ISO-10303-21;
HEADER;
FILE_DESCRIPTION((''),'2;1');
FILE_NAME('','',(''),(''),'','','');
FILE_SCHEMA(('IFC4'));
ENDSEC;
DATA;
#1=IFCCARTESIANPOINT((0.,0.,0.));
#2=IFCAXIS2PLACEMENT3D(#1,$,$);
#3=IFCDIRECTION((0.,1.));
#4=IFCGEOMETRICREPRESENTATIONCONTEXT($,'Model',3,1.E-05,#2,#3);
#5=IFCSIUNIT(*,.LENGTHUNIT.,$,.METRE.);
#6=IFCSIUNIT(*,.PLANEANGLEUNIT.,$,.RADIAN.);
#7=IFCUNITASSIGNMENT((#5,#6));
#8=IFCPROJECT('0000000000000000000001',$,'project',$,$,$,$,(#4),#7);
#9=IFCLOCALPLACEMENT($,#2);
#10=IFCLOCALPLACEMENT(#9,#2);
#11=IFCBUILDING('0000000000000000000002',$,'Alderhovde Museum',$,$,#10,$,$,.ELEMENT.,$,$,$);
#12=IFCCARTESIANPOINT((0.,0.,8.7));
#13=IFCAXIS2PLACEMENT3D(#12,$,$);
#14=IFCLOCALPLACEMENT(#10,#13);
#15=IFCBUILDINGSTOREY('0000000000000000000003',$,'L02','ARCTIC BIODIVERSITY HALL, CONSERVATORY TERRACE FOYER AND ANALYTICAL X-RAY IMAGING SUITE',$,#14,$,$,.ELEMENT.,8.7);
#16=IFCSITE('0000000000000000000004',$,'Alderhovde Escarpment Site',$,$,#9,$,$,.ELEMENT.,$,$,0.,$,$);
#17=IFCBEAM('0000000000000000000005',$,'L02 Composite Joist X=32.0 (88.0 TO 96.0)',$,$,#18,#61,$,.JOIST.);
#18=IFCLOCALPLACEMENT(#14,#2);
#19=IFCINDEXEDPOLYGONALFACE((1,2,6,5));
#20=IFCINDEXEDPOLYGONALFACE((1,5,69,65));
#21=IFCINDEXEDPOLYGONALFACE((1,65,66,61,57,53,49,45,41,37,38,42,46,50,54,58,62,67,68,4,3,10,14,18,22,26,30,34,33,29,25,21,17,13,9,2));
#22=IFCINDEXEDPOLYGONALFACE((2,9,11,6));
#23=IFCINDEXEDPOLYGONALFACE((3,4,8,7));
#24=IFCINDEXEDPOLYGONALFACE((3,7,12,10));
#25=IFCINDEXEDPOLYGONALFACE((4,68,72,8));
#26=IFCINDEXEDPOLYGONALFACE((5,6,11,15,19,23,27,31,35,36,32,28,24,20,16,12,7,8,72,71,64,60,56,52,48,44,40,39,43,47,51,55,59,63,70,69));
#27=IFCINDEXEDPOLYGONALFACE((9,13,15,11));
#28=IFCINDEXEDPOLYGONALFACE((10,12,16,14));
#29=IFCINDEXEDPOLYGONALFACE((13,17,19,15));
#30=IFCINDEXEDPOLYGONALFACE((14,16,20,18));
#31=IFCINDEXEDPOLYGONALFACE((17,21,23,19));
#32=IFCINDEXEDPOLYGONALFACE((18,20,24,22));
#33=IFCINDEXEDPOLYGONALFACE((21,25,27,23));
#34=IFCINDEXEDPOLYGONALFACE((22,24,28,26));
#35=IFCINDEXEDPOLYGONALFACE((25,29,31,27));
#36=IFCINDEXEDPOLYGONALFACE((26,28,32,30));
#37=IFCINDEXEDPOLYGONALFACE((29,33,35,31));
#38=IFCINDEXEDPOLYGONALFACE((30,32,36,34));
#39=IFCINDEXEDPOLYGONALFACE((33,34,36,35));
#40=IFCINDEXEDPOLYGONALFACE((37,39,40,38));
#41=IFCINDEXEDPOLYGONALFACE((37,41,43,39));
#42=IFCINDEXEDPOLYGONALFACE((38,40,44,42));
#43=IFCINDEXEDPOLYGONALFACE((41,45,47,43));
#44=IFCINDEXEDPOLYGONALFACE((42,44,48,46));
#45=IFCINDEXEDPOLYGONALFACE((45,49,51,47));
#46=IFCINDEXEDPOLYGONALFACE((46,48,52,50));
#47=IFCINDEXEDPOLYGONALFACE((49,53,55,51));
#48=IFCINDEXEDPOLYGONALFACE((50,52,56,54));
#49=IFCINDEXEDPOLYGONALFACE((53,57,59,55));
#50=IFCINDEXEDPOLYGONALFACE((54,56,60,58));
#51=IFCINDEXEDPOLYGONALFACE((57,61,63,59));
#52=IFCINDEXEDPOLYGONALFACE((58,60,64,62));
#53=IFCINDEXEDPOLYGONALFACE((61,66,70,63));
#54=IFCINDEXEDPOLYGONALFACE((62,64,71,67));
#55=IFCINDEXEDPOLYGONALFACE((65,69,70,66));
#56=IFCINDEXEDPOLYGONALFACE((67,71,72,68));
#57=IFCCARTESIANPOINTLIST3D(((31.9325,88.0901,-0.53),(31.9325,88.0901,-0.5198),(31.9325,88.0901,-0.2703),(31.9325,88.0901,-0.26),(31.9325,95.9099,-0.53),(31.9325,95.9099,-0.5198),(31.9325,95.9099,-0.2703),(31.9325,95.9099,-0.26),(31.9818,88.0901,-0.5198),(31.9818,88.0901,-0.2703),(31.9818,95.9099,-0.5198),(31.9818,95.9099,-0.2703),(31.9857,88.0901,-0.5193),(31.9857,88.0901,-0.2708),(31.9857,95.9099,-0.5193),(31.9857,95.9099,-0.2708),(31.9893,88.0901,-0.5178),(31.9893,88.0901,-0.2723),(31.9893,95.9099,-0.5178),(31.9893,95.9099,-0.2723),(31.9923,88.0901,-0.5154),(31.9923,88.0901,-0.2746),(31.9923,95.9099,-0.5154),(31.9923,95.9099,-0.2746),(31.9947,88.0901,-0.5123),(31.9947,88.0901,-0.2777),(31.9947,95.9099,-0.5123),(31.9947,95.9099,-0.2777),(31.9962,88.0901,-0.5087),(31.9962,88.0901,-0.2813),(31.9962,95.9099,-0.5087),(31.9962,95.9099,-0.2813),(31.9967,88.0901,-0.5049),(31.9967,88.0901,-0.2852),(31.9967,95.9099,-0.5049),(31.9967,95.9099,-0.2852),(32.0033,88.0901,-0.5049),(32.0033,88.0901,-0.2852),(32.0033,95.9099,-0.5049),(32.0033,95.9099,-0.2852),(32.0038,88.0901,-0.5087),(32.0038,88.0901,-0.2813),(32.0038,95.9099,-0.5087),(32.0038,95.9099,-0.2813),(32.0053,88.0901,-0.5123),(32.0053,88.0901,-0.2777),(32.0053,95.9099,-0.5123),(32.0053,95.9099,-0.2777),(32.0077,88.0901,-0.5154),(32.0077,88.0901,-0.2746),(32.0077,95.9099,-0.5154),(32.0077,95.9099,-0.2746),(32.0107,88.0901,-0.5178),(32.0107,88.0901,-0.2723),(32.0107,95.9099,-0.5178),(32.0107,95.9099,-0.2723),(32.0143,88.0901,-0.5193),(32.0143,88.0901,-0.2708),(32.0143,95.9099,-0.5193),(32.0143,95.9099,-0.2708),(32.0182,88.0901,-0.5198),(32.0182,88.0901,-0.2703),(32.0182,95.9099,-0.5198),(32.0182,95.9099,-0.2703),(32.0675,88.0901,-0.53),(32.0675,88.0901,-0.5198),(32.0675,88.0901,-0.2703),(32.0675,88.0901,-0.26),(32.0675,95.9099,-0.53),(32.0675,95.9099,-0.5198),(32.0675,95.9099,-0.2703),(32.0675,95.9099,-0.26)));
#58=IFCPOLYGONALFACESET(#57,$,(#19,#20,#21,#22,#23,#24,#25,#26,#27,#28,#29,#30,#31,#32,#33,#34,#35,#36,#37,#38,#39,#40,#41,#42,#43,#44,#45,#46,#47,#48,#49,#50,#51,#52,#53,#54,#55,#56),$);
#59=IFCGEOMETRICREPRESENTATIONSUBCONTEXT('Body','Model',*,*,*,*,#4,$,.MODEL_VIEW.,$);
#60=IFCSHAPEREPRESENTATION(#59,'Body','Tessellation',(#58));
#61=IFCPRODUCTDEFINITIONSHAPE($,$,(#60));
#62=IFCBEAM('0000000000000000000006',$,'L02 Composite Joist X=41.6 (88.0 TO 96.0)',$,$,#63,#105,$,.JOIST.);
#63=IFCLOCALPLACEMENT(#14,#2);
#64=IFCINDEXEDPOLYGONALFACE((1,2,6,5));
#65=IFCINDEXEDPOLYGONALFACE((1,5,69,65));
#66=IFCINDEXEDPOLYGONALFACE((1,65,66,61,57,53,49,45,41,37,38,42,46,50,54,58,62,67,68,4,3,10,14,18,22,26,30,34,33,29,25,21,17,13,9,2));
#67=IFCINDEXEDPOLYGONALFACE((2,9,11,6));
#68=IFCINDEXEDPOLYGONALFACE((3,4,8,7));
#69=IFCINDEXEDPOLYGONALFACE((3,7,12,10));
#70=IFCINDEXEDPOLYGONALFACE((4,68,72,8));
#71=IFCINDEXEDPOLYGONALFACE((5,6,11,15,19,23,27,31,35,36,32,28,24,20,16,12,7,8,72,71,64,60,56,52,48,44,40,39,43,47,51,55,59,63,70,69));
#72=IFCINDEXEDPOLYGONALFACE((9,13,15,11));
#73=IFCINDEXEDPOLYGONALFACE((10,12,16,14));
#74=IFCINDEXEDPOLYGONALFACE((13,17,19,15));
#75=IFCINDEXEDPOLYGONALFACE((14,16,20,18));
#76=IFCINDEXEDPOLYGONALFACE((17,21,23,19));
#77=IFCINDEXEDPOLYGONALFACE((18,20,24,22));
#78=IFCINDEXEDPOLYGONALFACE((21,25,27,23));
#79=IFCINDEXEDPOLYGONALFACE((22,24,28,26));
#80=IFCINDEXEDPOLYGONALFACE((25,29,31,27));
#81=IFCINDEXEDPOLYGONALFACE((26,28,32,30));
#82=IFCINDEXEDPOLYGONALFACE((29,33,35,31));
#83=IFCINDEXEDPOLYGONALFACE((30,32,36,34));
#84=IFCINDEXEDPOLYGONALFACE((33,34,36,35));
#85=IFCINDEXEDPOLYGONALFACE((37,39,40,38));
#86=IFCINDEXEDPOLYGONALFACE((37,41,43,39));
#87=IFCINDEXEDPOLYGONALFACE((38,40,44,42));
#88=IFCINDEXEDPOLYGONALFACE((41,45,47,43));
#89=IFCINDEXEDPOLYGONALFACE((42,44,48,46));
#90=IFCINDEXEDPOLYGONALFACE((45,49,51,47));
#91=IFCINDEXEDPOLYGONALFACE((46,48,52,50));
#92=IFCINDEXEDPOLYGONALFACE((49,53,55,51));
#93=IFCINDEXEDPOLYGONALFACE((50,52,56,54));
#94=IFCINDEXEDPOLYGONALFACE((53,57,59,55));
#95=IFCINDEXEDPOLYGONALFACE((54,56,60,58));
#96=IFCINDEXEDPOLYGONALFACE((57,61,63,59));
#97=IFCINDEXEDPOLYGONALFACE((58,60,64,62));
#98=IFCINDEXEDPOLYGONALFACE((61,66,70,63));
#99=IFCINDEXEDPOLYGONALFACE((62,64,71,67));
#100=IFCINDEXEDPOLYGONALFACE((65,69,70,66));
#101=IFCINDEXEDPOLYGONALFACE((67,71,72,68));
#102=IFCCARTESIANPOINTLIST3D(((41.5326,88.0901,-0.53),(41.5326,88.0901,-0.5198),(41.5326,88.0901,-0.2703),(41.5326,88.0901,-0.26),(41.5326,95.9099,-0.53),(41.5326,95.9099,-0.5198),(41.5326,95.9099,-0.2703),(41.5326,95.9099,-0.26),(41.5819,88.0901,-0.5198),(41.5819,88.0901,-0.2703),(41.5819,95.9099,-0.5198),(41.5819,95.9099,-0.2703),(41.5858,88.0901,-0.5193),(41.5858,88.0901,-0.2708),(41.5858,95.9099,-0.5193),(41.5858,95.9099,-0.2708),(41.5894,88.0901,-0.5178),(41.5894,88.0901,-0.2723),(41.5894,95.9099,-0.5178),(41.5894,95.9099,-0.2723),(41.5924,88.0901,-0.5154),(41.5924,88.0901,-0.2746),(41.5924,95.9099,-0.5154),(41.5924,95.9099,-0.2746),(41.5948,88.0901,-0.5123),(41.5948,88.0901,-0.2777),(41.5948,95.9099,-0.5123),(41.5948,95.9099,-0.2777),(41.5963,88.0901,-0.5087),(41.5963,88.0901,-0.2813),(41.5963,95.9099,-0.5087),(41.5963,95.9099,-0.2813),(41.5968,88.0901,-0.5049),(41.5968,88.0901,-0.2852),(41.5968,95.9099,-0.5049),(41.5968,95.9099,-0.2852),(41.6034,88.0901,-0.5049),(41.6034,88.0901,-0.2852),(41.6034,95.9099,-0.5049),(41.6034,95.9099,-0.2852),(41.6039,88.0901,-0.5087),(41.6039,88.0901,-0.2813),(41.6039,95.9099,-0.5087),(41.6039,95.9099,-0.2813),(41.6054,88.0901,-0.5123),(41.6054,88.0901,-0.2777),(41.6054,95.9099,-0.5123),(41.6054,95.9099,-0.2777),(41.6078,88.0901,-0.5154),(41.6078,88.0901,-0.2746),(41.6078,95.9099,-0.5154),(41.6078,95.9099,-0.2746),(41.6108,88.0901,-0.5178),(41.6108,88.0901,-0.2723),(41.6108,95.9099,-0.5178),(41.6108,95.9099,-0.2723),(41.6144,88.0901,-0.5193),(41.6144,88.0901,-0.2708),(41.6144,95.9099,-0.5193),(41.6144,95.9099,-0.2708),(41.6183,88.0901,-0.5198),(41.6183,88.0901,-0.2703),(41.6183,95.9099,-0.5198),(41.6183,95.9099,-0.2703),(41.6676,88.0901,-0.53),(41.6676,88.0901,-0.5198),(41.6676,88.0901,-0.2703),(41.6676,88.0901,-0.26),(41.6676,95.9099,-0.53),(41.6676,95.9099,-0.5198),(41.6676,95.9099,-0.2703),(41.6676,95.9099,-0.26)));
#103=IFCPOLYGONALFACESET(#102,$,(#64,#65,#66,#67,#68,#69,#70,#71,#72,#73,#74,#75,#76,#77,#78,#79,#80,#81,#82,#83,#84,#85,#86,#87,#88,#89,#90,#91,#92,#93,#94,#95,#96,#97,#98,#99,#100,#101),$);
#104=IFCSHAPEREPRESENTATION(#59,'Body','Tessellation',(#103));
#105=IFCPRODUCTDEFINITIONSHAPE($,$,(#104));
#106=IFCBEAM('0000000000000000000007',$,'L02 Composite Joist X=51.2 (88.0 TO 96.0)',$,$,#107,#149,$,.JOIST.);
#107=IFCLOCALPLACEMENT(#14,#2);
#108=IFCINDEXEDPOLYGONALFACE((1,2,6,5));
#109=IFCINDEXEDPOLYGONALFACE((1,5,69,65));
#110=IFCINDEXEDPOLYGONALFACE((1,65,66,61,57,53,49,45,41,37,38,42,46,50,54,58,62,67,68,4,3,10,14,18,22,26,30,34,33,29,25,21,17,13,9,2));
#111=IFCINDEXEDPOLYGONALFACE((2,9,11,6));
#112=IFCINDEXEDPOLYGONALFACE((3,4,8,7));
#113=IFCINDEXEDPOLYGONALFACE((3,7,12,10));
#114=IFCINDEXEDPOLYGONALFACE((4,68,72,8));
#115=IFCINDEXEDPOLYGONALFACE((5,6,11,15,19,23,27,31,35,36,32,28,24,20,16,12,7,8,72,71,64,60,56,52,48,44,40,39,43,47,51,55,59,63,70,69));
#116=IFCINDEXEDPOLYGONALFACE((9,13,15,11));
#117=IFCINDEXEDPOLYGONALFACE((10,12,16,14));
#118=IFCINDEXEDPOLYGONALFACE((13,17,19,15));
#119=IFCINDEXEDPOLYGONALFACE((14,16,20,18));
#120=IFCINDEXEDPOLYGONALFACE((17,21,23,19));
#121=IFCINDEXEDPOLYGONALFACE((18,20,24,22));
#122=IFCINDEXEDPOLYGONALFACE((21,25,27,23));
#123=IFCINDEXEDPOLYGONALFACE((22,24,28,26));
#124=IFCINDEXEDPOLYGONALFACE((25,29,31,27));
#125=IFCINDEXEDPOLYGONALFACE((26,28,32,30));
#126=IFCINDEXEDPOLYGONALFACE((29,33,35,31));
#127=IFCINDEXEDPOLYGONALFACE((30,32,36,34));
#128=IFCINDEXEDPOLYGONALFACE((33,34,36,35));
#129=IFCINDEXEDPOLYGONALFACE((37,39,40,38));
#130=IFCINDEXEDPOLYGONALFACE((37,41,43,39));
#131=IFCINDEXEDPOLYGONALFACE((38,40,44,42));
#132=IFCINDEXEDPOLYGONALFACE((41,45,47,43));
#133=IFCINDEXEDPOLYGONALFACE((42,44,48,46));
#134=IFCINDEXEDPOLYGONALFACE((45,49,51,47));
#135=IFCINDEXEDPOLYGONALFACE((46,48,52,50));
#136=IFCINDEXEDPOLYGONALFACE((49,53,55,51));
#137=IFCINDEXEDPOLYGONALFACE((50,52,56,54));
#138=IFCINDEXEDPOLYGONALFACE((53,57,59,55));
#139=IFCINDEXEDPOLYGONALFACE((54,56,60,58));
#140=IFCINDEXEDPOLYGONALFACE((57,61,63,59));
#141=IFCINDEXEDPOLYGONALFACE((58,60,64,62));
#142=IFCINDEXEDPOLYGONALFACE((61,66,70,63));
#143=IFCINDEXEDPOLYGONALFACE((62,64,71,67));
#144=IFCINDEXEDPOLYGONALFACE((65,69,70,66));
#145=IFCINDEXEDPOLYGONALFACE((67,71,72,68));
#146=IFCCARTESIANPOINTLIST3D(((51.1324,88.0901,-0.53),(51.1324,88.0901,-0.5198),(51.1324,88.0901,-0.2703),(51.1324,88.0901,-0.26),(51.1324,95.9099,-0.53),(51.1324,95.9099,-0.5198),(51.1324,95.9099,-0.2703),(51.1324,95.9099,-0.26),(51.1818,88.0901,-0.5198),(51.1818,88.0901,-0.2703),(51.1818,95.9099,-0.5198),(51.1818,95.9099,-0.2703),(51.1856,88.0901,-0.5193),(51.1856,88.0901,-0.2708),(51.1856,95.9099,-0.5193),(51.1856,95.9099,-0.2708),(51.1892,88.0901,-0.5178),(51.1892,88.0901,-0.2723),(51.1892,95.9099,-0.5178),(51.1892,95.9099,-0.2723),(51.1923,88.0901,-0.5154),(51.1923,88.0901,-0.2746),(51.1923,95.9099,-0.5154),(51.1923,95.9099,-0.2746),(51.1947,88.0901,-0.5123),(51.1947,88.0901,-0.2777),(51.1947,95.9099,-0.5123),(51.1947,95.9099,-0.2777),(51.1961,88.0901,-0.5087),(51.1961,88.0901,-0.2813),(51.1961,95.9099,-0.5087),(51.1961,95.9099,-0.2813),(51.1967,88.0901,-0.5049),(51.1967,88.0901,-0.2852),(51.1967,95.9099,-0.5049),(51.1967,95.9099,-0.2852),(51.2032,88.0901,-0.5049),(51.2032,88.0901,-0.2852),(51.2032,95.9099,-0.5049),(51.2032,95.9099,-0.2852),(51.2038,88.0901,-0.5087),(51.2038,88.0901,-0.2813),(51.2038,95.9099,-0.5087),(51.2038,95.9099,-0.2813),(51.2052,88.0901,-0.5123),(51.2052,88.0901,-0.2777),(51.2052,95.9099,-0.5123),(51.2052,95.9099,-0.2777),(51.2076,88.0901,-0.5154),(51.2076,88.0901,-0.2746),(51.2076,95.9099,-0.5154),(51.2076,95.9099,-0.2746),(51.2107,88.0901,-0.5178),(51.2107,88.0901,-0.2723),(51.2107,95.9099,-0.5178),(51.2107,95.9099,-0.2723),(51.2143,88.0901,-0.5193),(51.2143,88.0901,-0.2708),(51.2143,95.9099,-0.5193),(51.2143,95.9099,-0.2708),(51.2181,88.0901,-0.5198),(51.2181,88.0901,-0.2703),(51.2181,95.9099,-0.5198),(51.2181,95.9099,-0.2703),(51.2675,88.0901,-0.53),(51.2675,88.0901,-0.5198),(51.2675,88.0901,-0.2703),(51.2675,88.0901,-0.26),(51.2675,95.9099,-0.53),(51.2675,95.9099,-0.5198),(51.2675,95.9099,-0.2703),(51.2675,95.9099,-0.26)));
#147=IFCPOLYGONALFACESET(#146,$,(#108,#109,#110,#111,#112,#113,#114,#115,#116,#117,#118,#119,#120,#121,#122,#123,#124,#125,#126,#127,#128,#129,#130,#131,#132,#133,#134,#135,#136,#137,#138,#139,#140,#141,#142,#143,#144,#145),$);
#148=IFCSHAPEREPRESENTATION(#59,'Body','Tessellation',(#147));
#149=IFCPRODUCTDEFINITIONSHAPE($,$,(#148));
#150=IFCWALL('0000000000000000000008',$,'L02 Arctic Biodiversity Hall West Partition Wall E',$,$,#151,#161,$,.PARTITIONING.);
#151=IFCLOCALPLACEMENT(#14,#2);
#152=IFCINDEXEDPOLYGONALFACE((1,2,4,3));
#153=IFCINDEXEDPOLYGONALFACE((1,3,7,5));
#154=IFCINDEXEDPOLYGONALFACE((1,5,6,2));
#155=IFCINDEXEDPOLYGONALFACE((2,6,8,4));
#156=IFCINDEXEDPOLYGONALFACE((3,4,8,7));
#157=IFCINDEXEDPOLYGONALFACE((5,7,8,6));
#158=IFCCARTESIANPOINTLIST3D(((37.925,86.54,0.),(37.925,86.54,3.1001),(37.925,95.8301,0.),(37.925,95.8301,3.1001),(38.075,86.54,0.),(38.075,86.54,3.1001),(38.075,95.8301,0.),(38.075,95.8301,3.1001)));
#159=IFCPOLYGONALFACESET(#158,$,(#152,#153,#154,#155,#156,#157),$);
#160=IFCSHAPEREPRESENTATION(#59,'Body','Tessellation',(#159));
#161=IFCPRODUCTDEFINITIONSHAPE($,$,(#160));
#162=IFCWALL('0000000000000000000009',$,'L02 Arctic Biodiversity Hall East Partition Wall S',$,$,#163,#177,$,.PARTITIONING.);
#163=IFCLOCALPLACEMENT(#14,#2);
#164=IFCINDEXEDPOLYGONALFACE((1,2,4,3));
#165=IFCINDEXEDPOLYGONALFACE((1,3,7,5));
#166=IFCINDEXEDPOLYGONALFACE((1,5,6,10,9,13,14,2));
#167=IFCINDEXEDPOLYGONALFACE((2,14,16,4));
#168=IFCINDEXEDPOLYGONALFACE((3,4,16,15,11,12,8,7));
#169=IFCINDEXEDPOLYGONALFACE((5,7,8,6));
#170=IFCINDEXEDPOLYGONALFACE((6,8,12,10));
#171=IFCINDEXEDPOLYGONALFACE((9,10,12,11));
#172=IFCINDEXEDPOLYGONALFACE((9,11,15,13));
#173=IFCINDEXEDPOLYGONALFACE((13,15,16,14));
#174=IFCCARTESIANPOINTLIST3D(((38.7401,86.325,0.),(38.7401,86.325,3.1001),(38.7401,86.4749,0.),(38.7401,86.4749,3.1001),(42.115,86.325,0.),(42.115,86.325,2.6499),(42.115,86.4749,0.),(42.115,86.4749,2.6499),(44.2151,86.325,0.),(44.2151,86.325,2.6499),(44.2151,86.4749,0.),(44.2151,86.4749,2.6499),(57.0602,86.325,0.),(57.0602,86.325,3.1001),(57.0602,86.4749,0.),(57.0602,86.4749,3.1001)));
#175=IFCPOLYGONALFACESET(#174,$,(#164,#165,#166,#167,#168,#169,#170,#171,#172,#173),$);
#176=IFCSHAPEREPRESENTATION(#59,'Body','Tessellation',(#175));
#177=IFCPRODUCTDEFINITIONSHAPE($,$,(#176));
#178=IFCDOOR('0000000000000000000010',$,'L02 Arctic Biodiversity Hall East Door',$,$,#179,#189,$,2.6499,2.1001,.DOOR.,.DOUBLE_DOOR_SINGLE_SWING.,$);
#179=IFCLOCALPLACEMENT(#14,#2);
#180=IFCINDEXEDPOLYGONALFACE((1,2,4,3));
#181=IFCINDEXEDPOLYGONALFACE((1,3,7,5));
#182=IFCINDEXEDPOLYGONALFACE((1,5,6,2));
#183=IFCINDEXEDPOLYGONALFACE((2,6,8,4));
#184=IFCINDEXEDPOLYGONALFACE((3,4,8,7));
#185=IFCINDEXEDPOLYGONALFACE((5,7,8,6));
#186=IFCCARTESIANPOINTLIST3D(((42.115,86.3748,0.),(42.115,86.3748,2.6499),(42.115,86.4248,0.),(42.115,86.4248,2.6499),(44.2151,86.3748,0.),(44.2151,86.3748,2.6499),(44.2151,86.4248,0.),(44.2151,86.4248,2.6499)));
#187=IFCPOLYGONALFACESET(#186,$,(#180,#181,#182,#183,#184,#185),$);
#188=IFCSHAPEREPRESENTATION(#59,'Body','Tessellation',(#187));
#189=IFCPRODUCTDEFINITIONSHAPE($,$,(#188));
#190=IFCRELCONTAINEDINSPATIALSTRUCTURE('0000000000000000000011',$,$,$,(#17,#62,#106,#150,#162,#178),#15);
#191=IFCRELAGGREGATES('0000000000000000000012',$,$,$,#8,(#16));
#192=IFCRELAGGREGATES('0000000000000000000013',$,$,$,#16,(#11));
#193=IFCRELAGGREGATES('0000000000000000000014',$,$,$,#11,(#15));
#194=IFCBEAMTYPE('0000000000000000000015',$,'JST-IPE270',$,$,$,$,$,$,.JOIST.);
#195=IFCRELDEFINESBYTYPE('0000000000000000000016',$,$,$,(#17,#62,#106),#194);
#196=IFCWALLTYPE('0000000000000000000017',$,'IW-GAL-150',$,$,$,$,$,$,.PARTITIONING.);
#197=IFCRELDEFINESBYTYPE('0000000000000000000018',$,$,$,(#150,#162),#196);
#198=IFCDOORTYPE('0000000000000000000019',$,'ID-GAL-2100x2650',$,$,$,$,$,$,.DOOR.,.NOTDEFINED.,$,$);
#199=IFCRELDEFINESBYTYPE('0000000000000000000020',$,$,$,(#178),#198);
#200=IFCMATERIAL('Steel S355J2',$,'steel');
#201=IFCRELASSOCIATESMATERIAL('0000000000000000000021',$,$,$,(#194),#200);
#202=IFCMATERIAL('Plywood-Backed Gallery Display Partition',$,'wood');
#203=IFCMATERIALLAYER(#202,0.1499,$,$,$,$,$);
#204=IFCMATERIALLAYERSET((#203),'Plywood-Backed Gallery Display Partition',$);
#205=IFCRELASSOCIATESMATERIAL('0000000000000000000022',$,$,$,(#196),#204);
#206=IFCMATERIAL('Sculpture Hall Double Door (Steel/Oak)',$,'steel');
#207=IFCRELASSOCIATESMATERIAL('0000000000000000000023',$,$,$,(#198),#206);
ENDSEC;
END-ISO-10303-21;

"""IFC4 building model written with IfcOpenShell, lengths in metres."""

from ifc_helpers import new_model, si_unit, direction, frame, frame_2d, origin, origin_2d, place, context, subcontext, project, spatial, rectangle, i_section, extrude, material, layer, layer_set, material_profile, profile_set, type_object, element, fill, save


model = new_model("IFC4")

# Units and contexts
model_context = context("Model", 3, precision=1e-05, world=origin(), true_north=direction((0.0, 1.0)))
body_context = subcontext(model_context, "Body", "Model", "MODEL_VIEW")
ifc_project = project(units=[si_unit("LENGTHUNIT", "METRE"), si_unit("PLANEANGLEUNIT", "RADIAN")], contexts=[model_context])

# Site, building, storey
site_placement = place(None, origin())
site = spatial("IfcSite", under=ifc_project, at=site_placement, Name="Alderhovde Escarpment Site", CompositionType="ELEMENT", RefElevation=0.0)
building_placement = place(site_placement, origin())
building = spatial("IfcBuilding", under=site, at=building_placement, Name="Alderhovde Museum", CompositionType="ELEMENT")
storey_placement = place(building_placement, frame((0.0, 0.0, 8.7)))
storey = spatial("IfcBuildingStorey", under=building, at=storey_placement, Name="L02", Description="ARCTIC BIODIVERSITY HALL, CONSERVATORY TERRACE FOYER AND ANALYTICAL X-RAY IMAGING SUITE", CompositionType="ELEMENT", Elevation=8.7)

# Beams
ifc_material_1 = material(Name="Steel S355J2", Category="steel")
ifc_material_profile_1 = material_profile(ifc_material_1, i_section(OverallWidth=0.135, OverallDepth=0.27, WebThickness=0.0066, FlangeThickness=0.0103, FilletRadius=0.0149, at=origin_2d()), Name="IPE 270")
ifc_profile_set_1 = profile_set([ifc_material_profile_1], Name="Steel S355J2")
beam_type_1 = type_object("IfcBeamType", Name="JST-IPE270", PredefinedType="JOIST", material=ifc_profile_set_1)
for number, where, z_axis, x_axis, name in (
    (1, (32.0, 88.0901, -0.395), (0.0, 1.0, 0.0), (-1.0, 0.0, 0.0), "L02 Composite Joist X=32.0 (88.0 TO 96.0)"),
    (2, (41.6001, 88.0901, -0.395), (0.0, 1.0, 0.0), (-1.0, 0.0, 0.0), "L02 Composite Joist X=41.6 (88.0 TO 96.0)"),
    (3, (51.2, 88.0901, -0.395), (0.0, 1.0, 0.0), (-1.0, 0.0, 0.0), "L02 Composite Joist X=51.2 (88.0 TO 96.0)"),
):
    element("IfcBeam", number, at=place(storey_placement, frame(where, z_axis=z_axis, x_axis=x_axis)), inside=storey, type_object=beam_type_1, Name=name, PredefinedType="JOIST", context=body_context, shape_type="SweptSolid", body=[
        extrude(i_section(OverallWidth=0.135, OverallDepth=0.27, WebThickness=0.0066, FlangeThickness=0.0103, FilletRadius=0.0149, at=origin_2d()), origin(), (0.0, 0.0, 1.0), 7.8198),
    ])

# Wall
ifc_material_2 = material(Name="Plywood-Backed Gallery Display Partition", Category="wood")
ifc_layer = layer(ifc_material_2, 0.1499)
ifc_layer_set = layer_set([ifc_layer], Name="Plywood-Backed Gallery Display Partition")
wall_type = type_object("IfcWallType", Name="IW-GAL-150", PredefinedType="PARTITIONING", material=ifc_layer_set)
wall_1_placement = place(storey_placement, frame((38.0, 86.54, 0.0), z_axis=(0.0, 0.0, 1.0), x_axis=(0.0, 1.0, 0.0)))
element("IfcWall", 4, at=wall_1_placement, inside=storey, type_object=wall_type, Name="L02 Arctic Biodiversity Hall West Partition Wall E", PredefinedType="PARTITIONING", context=body_context, shape_type="SweptSolid", body=[
    extrude(rectangle(XDim=9.29, YDim=0.1499, at=frame_2d((4.645, 0.0))), origin(), (0.0, 0.0, 1.0), 3.1001),
])

# Wall, opening, door
wall_2_placement = place(storey_placement, frame((38.74, 86.3999, 0.0), z_axis=(0.0, 0.0, 1.0), x_axis=(1.0, 0.0, 0.0)))
wall_2 = element("IfcWall", 5, at=wall_2_placement, inside=storey, type_object=wall_type, Name="L02 Arctic Biodiversity Hall East Partition Wall S", PredefinedType="PARTITIONING", context=body_context, shape_type="SweptSolid", body=[
    extrude(rectangle(XDim=18.3201, YDim=0.1499, at=frame_2d((9.1602, 0.0))), origin(), (0.0, 0.0, 1.0), 3.1001),
])
opening_placement = place(wall_2_placement, frame((3.375, 0.0, 0.0)))
opening = element("IfcOpeningElement", 6, at=opening_placement, cuts=wall_2, PredefinedType="OPENING", context=body_context, shape_type="SweptSolid", body=[
    extrude(rectangle(XDim=2.1001, YDim=2.6499, at=frame_2d((1.05, 1.325))), frame((0.0, 0.085, 0.0), z_axis=(0.0, -1.0, 0.0), x_axis=(1.0, 0.0, 0.0)), (0.0, 0.0, 1.0), 0.1699),
])
ifc_material_3 = material(Name="Sculpture Hall Double Door (Steel/Oak)", Category="steel")
door_type = type_object("IfcDoorType", Name="ID-GAL-2100x2650", OperationType="NOTDEFINED", PredefinedType="DOOR", material=ifc_material_3)
door_placement = place(opening_placement, origin())
door = element("IfcDoor", 7, at=door_placement, inside=storey, type_object=door_type, Name="L02 Arctic Biodiversity Hall East Door", OperationType="DOUBLE_DOOR_SINGLE_SWING", OverallHeight=2.6499, OverallWidth=2.1001, PredefinedType="DOOR", context=body_context, shape_type="SweptSolid", body=[
    extrude(rectangle(XDim=2.1001, YDim=2.6499, at=frame_2d((1.05, 1.325))), frame((0.0, 0.0249, 0.0), z_axis=(0.0, -1.0, 0.0), x_axis=(1.0, 0.0, 0.0)), (0.0, 0.0, 1.0), 0.05),
])
fill(opening, door)

save(model, "model.ifc")
